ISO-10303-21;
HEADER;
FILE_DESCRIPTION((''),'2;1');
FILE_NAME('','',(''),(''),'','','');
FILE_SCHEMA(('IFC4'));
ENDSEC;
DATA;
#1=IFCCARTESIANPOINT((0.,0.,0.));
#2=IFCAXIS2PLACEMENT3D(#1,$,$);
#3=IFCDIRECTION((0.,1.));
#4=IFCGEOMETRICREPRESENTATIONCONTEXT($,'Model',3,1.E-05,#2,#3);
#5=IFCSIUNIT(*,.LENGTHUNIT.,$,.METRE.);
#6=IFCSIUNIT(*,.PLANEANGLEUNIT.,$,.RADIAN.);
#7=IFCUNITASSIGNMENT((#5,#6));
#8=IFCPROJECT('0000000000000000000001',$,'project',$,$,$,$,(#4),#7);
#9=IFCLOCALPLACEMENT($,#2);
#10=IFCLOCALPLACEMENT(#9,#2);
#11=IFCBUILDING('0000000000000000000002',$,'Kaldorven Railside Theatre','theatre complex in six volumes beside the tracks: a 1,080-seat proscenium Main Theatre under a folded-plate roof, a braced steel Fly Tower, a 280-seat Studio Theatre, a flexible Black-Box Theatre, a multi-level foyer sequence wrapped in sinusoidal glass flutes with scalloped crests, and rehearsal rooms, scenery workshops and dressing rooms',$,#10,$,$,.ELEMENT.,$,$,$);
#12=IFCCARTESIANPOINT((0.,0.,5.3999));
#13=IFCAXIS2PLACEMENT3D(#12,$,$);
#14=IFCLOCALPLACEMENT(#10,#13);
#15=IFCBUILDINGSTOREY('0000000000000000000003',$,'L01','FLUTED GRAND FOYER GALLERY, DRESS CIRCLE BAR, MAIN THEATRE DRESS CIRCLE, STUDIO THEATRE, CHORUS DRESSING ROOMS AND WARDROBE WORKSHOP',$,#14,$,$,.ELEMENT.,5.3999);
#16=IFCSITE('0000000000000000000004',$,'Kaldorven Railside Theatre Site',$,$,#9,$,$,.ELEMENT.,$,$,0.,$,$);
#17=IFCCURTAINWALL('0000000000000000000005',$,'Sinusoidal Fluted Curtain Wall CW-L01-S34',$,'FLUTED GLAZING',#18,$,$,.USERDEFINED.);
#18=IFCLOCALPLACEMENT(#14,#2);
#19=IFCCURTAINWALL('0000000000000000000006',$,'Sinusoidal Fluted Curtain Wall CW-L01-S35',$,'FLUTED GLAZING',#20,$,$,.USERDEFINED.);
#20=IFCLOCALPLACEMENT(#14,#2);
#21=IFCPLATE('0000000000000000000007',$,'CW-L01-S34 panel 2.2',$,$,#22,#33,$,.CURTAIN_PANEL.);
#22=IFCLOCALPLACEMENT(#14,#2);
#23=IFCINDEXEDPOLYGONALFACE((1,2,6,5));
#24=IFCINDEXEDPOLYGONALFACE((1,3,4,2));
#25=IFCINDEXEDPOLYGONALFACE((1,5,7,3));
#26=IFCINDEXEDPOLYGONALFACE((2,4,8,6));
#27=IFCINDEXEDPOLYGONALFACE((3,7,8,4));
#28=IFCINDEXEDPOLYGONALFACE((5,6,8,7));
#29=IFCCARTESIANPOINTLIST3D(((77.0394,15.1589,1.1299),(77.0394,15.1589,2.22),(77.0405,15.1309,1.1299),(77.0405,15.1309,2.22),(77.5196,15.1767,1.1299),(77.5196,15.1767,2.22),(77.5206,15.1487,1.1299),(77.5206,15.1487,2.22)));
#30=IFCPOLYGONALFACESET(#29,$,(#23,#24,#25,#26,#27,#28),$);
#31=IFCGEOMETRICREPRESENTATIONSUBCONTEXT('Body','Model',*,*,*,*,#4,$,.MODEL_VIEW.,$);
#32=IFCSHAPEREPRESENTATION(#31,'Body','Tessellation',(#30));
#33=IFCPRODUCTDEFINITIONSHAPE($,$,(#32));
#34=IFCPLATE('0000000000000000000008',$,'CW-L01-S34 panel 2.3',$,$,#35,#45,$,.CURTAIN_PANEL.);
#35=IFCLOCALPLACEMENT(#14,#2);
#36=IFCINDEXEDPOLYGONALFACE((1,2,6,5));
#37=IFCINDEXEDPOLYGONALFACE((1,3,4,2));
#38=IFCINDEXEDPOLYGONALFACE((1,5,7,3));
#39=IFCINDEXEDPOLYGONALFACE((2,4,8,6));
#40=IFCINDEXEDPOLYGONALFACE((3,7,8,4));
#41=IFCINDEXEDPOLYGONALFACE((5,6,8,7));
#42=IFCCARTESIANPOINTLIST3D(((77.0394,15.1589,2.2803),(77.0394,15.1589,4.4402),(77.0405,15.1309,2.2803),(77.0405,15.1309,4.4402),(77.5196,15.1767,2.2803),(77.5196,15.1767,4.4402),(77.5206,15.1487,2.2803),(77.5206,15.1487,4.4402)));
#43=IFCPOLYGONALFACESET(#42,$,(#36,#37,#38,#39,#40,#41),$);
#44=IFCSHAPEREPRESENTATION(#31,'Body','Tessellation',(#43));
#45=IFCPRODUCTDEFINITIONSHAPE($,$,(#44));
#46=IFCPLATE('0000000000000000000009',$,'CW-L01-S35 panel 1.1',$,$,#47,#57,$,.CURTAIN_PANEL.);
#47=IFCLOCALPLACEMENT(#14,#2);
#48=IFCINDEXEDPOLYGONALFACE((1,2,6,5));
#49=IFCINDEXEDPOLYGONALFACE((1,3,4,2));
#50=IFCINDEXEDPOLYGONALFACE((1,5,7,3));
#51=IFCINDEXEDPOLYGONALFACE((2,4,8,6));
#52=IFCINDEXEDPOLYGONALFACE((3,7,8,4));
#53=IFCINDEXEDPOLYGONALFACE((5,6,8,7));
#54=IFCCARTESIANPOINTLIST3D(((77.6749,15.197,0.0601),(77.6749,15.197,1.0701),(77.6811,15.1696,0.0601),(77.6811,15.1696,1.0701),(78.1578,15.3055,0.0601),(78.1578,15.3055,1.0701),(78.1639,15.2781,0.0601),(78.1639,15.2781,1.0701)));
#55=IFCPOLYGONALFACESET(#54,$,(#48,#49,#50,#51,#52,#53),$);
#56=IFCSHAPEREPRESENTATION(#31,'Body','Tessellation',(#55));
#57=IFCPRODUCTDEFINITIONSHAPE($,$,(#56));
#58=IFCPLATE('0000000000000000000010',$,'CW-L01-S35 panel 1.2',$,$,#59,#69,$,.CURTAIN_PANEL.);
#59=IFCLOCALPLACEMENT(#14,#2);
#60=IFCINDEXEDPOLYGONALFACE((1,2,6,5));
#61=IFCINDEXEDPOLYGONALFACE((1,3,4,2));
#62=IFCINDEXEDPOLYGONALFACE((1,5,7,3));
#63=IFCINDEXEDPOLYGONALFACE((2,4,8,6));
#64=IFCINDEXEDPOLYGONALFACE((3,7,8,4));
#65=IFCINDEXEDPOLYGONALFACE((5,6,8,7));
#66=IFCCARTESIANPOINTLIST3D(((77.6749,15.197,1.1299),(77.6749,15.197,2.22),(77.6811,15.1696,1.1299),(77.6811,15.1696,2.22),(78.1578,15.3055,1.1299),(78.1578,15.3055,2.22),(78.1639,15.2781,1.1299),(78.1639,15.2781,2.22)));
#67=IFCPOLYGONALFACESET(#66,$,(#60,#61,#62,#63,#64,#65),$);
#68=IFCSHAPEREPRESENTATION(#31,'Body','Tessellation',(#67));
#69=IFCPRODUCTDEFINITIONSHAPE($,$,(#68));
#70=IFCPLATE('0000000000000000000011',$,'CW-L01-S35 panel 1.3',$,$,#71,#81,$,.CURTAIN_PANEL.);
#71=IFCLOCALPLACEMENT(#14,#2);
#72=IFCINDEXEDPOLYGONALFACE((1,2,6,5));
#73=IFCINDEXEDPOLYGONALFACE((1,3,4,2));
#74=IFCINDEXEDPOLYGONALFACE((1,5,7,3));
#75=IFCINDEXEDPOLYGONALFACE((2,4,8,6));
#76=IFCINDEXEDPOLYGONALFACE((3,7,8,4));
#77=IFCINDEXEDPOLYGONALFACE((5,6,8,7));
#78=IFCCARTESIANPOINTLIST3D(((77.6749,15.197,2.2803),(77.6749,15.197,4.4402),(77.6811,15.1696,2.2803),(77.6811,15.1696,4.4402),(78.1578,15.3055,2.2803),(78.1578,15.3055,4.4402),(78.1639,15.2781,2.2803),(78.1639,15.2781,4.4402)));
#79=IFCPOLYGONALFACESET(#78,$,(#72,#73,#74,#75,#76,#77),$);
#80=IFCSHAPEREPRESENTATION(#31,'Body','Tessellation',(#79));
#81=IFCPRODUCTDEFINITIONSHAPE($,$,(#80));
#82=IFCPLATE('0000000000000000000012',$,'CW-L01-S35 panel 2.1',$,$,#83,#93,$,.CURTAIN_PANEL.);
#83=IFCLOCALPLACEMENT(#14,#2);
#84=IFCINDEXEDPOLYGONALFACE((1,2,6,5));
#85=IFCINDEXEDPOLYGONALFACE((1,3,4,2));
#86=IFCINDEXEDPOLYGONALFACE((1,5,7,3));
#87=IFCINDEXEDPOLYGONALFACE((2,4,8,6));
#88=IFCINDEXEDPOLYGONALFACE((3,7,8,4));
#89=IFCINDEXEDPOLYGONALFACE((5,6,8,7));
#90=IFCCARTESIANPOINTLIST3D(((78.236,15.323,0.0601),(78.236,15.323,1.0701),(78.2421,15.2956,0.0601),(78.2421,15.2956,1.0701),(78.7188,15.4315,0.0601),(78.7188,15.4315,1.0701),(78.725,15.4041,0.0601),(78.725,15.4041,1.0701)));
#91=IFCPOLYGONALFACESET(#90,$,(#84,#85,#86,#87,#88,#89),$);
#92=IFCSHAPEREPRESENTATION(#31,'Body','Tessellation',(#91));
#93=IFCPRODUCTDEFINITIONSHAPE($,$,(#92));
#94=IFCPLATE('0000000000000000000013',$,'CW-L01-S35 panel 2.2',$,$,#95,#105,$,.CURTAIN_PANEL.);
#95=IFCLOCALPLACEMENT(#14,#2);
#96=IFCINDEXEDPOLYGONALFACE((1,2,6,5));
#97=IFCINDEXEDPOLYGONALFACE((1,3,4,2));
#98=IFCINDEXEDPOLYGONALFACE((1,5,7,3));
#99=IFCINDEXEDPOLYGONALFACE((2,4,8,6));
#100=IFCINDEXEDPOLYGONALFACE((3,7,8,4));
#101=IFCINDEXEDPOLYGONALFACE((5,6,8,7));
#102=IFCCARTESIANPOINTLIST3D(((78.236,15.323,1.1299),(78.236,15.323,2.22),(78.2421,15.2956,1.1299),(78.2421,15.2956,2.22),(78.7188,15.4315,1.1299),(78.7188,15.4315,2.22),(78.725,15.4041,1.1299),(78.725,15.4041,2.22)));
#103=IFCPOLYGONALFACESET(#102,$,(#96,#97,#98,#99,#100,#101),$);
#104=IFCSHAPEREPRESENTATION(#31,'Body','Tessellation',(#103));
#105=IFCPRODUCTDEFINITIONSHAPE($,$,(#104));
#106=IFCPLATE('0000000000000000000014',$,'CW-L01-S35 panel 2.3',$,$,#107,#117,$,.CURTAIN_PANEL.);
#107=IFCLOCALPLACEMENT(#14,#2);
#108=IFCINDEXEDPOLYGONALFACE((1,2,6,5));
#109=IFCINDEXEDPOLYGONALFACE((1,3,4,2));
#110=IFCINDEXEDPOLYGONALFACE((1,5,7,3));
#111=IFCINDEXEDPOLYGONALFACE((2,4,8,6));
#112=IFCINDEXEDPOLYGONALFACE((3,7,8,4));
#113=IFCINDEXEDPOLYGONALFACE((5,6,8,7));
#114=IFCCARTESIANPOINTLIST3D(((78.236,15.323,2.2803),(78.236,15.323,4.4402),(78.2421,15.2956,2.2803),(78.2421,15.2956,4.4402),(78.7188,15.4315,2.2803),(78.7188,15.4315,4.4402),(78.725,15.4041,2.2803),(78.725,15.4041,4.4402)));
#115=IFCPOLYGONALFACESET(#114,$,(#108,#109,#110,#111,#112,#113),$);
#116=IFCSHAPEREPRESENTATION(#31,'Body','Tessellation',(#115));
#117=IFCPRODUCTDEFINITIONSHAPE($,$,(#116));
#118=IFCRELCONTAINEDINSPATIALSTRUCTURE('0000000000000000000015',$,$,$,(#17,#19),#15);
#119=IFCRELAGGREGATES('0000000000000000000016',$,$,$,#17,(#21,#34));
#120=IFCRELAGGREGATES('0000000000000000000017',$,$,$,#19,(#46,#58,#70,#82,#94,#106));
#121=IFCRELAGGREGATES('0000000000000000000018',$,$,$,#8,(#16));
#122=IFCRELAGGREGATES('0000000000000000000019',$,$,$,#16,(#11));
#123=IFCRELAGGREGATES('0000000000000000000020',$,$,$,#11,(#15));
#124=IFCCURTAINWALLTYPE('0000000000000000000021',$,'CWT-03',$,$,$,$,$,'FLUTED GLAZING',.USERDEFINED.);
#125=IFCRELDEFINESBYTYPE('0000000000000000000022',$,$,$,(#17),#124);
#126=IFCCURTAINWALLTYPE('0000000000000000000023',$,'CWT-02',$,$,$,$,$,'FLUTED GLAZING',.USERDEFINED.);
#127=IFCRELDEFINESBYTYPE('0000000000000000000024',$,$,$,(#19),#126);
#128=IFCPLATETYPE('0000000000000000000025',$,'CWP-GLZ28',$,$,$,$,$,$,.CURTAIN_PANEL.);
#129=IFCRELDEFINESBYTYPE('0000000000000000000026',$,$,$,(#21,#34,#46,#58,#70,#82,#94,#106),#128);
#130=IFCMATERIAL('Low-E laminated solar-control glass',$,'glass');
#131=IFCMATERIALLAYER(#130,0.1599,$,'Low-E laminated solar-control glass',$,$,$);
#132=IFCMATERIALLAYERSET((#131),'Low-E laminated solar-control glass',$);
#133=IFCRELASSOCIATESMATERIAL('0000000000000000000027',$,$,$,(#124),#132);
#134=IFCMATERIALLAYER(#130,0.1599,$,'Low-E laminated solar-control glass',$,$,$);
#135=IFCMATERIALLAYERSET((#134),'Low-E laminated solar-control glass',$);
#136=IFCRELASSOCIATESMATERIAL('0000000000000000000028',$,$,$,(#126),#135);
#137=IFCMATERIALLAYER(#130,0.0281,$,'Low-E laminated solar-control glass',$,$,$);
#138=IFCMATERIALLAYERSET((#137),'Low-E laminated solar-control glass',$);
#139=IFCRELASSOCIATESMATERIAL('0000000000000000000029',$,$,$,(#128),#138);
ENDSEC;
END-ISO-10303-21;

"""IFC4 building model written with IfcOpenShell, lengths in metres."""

from ifc_helpers import new_model, si_unit, direction, frame, origin, origin_2d, place, context, subcontext, project, spatial, rectangle, extrude, material, layer, layer_set, type_object, element, aggregate, save


model = new_model("IFC4")

# Units and contexts
model_context = context("Model", 3, precision=1e-05, world=origin(), true_north=direction((0.0, 1.0)))
body_context = subcontext(model_context, "Body", "Model", "MODEL_VIEW")
ifc_project = project(units=[si_unit("LENGTHUNIT", "METRE"), si_unit("PLANEANGLEUNIT", "RADIAN")], contexts=[model_context])

# Site, building, storey
site_placement = place(None, origin())
site = spatial("IfcSite", under=ifc_project, at=site_placement, Name="Kaldorven Railside Theatre Site", CompositionType="ELEMENT", RefElevation=0.0)
building_placement = place(site_placement, origin())
building = spatial("IfcBuilding", under=site, at=building_placement, Name="Kaldorven Railside Theatre", Description="theatre complex in six volumes beside the tracks: a 1,080-seat proscenium Main Theatre under a folded-plate roof, a braced steel Fly Tower, a 280-seat Studio Theatre, a flexible Black-Box Theatre, a multi-level foyer sequence wrapped in sinusoidal glass flutes with scalloped crests, and rehearsal rooms, scenery workshops and dressing rooms", CompositionType="ELEMENT")
storey_placement = place(building_placement, frame((0.0, 0.0, 5.3999)))
storey = spatial("IfcBuildingStorey", under=building, at=storey_placement, Name="L01", Description="FLUTED GRAND FOYER GALLERY, DRESS CIRCLE BAR, MAIN THEATRE DRESS CIRCLE, STUDIO THEATRE, CHORUS DRESSING ROOMS AND WARDROBE WORKSHOP", CompositionType="ELEMENT", Elevation=5.3999)

# Curtain wall
ifc_material_1 = material(Name="Low-E laminated solar-control glass", Category="glass")
ifc_layer_1 = layer(ifc_material_1, 0.1599, Name="Low-E laminated solar-control glass")
ifc_layer_set_1 = layer_set([ifc_layer_1], Name="Low-E laminated solar-control glass")
curtain_wall_type_1 = type_object("IfcCurtainWallType", Name="CWT-03", ElementType="FLUTED GLAZING", PredefinedType="USERDEFINED", material=ifc_layer_set_1)
curtain_wall_1_placement = place(storey_placement, origin())
curtain_wall_1 = element("IfcCurtainWall", 1, at=curtain_wall_1_placement, inside=storey, type_object=curtain_wall_type_1, Name="Sinusoidal Fluted Curtain Wall CW-L01-S34", ObjectType="FLUTED GLAZING", PredefinedType="USERDEFINED")

# Curtain wall
ifc_layer_2 = layer(ifc_material_1, 0.1599, Name="Low-E laminated solar-control glass")
ifc_layer_set_2 = layer_set([ifc_layer_2], Name="Low-E laminated solar-control glass")
curtain_wall_type_2 = type_object("IfcCurtainWallType", Name="CWT-02", ElementType="FLUTED GLAZING", PredefinedType="USERDEFINED", material=ifc_layer_set_2)
curtain_wall_2_placement = place(storey_placement, origin())
curtain_wall_2 = element("IfcCurtainWall", 2, at=curtain_wall_2_placement, inside=storey, type_object=curtain_wall_type_2, Name="Sinusoidal Fluted Curtain Wall CW-L01-S35", ObjectType="FLUTED GLAZING", PredefinedType="USERDEFINED")

# Plates
ifc_layer_3 = layer(ifc_material_1, 0.0281, Name="Low-E laminated solar-control glass")
ifc_layer_set_3 = layer_set([ifc_layer_3], Name="Low-E laminated solar-control glass")
plate_type = type_object("IfcPlateType", Name="CWP-GLZ28", PredefinedType="CURTAIN_PANEL", material=ifc_layer_set_3)
plate_1_placement = place(storey_placement, frame((77.28, 15.1538, 1.1299), z_axis=(0.0, 0.0, 1.0), x_axis=(0.999313, 0.037058, 0.0)))
plate_1 = element("IfcPlate", 3, at=plate_1_placement, type_object=plate_type, Name="CW-L01-S34 panel 2.2", PredefinedType="CURTAIN_PANEL", context=body_context, shape_type="SweptSolid", body=[
    extrude(rectangle(XDim=0.4805, YDim=0.0281, at=origin_2d()), origin(), (0.0, 0.0, 1.0), 1.0901),
])
plate_2_placement = place(storey_placement, frame((77.28, 15.1538, 2.2803), z_axis=(0.0, 0.0, 1.0), x_axis=(0.999313, 0.037058, 0.0)))
plate_2 = element("IfcPlate", 4, at=plate_2_placement, type_object=plate_type, Name="CW-L01-S34 panel 2.3", PredefinedType="CURTAIN_PANEL", context=body_context, shape_type="SweptSolid", body=[
    extrude(rectangle(XDim=0.4805, YDim=0.0281, at=origin_2d()), origin(), (0.0, 0.0, 1.0), 2.1599),
])
aggregate(curtain_wall_1, [plate_1, plate_2])
plate_3_placement = place(storey_placement, frame((77.9194, 15.2375, 0.0601), z_axis=(0.0, 0.0, 1.0), x_axis=(0.975679, 0.219203, 0.0)))
plate_3 = element("IfcPlate", 5, at=plate_3_placement, type_object=plate_type, Name="CW-L01-S35 panel 1.1", PredefinedType="CURTAIN_PANEL", context=body_context, shape_type="SweptSolid", body=[
    extrude(rectangle(XDim=0.4949, YDim=0.0281, at=origin_2d()), origin(), (0.0, 0.0, 1.0), 1.01),
])
plate_4_placement = place(storey_placement, frame((77.9194, 15.2375, 1.1299), z_axis=(0.0, 0.0, 1.0), x_axis=(0.975679, 0.219203, 0.0)))
plate_4 = element("IfcPlate", 6, at=plate_4_placement, type_object=plate_type, Name="CW-L01-S35 panel 1.2", PredefinedType="CURTAIN_PANEL", context=body_context, shape_type="SweptSolid", body=[
    extrude(rectangle(XDim=0.4949, YDim=0.0281, at=origin_2d()), origin(), (0.0, 0.0, 1.0), 1.0901),
])
plate_5_placement = place(storey_placement, frame((77.9194, 15.2375, 2.2803), z_axis=(0.0, 0.0, 1.0), x_axis=(0.975679, 0.219203, 0.0)))
plate_5 = element("IfcPlate", 7, at=plate_5_placement, type_object=plate_type, Name="CW-L01-S35 panel 1.3", PredefinedType="CURTAIN_PANEL", context=body_context, shape_type="SweptSolid", body=[
    extrude(rectangle(XDim=0.4949, YDim=0.0281, at=origin_2d()), origin(), (0.0, 0.0, 1.0), 2.1599),
])
plate_6_placement = place(storey_placement, frame((78.4805, 15.3635, 0.0601), z_axis=(0.0, 0.0, 1.0), x_axis=(0.975679, 0.219203, 0.0)))
plate_6 = element("IfcPlate", 8, at=plate_6_placement, type_object=plate_type, Name="CW-L01-S35 panel 2.1", PredefinedType="CURTAIN_PANEL", context=body_context, shape_type="SweptSolid", body=[
    extrude(rectangle(XDim=0.4949, YDim=0.0281, at=origin_2d()), origin(), (0.0, 0.0, 1.0), 1.01),
])
plate_7_placement = place(storey_placement, frame((78.4805, 15.3635, 1.1299), z_axis=(0.0, 0.0, 1.0), x_axis=(0.975679, 0.219203, 0.0)))
plate_7 = element("IfcPlate", 9, at=plate_7_placement, type_object=plate_type, Name="CW-L01-S35 panel 2.2", PredefinedType="CURTAIN_PANEL", context=body_context, shape_type="SweptSolid", body=[
    extrude(rectangle(XDim=0.4949, YDim=0.0281, at=origin_2d()), origin(), (0.0, 0.0, 1.0), 1.0901),
])
plate_8_placement = place(storey_placement, frame((78.4805, 15.3635, 2.2803), z_axis=(0.0, 0.0, 1.0), x_axis=(0.975679, 0.219203, 0.0)))
plate_8 = element("IfcPlate", 10, at=plate_8_placement, type_object=plate_type, Name="CW-L01-S35 panel 2.3", PredefinedType="CURTAIN_PANEL", context=body_context, shape_type="SweptSolid", body=[
    extrude(rectangle(XDim=0.4949, YDim=0.0281, at=origin_2d()), origin(), (0.0, 0.0, 1.0), 2.1599),
])
aggregate(curtain_wall_2, [plate_3, plate_4, plate_5, plate_6, plate_7, plate_8])

save(model, "model.ifc")
